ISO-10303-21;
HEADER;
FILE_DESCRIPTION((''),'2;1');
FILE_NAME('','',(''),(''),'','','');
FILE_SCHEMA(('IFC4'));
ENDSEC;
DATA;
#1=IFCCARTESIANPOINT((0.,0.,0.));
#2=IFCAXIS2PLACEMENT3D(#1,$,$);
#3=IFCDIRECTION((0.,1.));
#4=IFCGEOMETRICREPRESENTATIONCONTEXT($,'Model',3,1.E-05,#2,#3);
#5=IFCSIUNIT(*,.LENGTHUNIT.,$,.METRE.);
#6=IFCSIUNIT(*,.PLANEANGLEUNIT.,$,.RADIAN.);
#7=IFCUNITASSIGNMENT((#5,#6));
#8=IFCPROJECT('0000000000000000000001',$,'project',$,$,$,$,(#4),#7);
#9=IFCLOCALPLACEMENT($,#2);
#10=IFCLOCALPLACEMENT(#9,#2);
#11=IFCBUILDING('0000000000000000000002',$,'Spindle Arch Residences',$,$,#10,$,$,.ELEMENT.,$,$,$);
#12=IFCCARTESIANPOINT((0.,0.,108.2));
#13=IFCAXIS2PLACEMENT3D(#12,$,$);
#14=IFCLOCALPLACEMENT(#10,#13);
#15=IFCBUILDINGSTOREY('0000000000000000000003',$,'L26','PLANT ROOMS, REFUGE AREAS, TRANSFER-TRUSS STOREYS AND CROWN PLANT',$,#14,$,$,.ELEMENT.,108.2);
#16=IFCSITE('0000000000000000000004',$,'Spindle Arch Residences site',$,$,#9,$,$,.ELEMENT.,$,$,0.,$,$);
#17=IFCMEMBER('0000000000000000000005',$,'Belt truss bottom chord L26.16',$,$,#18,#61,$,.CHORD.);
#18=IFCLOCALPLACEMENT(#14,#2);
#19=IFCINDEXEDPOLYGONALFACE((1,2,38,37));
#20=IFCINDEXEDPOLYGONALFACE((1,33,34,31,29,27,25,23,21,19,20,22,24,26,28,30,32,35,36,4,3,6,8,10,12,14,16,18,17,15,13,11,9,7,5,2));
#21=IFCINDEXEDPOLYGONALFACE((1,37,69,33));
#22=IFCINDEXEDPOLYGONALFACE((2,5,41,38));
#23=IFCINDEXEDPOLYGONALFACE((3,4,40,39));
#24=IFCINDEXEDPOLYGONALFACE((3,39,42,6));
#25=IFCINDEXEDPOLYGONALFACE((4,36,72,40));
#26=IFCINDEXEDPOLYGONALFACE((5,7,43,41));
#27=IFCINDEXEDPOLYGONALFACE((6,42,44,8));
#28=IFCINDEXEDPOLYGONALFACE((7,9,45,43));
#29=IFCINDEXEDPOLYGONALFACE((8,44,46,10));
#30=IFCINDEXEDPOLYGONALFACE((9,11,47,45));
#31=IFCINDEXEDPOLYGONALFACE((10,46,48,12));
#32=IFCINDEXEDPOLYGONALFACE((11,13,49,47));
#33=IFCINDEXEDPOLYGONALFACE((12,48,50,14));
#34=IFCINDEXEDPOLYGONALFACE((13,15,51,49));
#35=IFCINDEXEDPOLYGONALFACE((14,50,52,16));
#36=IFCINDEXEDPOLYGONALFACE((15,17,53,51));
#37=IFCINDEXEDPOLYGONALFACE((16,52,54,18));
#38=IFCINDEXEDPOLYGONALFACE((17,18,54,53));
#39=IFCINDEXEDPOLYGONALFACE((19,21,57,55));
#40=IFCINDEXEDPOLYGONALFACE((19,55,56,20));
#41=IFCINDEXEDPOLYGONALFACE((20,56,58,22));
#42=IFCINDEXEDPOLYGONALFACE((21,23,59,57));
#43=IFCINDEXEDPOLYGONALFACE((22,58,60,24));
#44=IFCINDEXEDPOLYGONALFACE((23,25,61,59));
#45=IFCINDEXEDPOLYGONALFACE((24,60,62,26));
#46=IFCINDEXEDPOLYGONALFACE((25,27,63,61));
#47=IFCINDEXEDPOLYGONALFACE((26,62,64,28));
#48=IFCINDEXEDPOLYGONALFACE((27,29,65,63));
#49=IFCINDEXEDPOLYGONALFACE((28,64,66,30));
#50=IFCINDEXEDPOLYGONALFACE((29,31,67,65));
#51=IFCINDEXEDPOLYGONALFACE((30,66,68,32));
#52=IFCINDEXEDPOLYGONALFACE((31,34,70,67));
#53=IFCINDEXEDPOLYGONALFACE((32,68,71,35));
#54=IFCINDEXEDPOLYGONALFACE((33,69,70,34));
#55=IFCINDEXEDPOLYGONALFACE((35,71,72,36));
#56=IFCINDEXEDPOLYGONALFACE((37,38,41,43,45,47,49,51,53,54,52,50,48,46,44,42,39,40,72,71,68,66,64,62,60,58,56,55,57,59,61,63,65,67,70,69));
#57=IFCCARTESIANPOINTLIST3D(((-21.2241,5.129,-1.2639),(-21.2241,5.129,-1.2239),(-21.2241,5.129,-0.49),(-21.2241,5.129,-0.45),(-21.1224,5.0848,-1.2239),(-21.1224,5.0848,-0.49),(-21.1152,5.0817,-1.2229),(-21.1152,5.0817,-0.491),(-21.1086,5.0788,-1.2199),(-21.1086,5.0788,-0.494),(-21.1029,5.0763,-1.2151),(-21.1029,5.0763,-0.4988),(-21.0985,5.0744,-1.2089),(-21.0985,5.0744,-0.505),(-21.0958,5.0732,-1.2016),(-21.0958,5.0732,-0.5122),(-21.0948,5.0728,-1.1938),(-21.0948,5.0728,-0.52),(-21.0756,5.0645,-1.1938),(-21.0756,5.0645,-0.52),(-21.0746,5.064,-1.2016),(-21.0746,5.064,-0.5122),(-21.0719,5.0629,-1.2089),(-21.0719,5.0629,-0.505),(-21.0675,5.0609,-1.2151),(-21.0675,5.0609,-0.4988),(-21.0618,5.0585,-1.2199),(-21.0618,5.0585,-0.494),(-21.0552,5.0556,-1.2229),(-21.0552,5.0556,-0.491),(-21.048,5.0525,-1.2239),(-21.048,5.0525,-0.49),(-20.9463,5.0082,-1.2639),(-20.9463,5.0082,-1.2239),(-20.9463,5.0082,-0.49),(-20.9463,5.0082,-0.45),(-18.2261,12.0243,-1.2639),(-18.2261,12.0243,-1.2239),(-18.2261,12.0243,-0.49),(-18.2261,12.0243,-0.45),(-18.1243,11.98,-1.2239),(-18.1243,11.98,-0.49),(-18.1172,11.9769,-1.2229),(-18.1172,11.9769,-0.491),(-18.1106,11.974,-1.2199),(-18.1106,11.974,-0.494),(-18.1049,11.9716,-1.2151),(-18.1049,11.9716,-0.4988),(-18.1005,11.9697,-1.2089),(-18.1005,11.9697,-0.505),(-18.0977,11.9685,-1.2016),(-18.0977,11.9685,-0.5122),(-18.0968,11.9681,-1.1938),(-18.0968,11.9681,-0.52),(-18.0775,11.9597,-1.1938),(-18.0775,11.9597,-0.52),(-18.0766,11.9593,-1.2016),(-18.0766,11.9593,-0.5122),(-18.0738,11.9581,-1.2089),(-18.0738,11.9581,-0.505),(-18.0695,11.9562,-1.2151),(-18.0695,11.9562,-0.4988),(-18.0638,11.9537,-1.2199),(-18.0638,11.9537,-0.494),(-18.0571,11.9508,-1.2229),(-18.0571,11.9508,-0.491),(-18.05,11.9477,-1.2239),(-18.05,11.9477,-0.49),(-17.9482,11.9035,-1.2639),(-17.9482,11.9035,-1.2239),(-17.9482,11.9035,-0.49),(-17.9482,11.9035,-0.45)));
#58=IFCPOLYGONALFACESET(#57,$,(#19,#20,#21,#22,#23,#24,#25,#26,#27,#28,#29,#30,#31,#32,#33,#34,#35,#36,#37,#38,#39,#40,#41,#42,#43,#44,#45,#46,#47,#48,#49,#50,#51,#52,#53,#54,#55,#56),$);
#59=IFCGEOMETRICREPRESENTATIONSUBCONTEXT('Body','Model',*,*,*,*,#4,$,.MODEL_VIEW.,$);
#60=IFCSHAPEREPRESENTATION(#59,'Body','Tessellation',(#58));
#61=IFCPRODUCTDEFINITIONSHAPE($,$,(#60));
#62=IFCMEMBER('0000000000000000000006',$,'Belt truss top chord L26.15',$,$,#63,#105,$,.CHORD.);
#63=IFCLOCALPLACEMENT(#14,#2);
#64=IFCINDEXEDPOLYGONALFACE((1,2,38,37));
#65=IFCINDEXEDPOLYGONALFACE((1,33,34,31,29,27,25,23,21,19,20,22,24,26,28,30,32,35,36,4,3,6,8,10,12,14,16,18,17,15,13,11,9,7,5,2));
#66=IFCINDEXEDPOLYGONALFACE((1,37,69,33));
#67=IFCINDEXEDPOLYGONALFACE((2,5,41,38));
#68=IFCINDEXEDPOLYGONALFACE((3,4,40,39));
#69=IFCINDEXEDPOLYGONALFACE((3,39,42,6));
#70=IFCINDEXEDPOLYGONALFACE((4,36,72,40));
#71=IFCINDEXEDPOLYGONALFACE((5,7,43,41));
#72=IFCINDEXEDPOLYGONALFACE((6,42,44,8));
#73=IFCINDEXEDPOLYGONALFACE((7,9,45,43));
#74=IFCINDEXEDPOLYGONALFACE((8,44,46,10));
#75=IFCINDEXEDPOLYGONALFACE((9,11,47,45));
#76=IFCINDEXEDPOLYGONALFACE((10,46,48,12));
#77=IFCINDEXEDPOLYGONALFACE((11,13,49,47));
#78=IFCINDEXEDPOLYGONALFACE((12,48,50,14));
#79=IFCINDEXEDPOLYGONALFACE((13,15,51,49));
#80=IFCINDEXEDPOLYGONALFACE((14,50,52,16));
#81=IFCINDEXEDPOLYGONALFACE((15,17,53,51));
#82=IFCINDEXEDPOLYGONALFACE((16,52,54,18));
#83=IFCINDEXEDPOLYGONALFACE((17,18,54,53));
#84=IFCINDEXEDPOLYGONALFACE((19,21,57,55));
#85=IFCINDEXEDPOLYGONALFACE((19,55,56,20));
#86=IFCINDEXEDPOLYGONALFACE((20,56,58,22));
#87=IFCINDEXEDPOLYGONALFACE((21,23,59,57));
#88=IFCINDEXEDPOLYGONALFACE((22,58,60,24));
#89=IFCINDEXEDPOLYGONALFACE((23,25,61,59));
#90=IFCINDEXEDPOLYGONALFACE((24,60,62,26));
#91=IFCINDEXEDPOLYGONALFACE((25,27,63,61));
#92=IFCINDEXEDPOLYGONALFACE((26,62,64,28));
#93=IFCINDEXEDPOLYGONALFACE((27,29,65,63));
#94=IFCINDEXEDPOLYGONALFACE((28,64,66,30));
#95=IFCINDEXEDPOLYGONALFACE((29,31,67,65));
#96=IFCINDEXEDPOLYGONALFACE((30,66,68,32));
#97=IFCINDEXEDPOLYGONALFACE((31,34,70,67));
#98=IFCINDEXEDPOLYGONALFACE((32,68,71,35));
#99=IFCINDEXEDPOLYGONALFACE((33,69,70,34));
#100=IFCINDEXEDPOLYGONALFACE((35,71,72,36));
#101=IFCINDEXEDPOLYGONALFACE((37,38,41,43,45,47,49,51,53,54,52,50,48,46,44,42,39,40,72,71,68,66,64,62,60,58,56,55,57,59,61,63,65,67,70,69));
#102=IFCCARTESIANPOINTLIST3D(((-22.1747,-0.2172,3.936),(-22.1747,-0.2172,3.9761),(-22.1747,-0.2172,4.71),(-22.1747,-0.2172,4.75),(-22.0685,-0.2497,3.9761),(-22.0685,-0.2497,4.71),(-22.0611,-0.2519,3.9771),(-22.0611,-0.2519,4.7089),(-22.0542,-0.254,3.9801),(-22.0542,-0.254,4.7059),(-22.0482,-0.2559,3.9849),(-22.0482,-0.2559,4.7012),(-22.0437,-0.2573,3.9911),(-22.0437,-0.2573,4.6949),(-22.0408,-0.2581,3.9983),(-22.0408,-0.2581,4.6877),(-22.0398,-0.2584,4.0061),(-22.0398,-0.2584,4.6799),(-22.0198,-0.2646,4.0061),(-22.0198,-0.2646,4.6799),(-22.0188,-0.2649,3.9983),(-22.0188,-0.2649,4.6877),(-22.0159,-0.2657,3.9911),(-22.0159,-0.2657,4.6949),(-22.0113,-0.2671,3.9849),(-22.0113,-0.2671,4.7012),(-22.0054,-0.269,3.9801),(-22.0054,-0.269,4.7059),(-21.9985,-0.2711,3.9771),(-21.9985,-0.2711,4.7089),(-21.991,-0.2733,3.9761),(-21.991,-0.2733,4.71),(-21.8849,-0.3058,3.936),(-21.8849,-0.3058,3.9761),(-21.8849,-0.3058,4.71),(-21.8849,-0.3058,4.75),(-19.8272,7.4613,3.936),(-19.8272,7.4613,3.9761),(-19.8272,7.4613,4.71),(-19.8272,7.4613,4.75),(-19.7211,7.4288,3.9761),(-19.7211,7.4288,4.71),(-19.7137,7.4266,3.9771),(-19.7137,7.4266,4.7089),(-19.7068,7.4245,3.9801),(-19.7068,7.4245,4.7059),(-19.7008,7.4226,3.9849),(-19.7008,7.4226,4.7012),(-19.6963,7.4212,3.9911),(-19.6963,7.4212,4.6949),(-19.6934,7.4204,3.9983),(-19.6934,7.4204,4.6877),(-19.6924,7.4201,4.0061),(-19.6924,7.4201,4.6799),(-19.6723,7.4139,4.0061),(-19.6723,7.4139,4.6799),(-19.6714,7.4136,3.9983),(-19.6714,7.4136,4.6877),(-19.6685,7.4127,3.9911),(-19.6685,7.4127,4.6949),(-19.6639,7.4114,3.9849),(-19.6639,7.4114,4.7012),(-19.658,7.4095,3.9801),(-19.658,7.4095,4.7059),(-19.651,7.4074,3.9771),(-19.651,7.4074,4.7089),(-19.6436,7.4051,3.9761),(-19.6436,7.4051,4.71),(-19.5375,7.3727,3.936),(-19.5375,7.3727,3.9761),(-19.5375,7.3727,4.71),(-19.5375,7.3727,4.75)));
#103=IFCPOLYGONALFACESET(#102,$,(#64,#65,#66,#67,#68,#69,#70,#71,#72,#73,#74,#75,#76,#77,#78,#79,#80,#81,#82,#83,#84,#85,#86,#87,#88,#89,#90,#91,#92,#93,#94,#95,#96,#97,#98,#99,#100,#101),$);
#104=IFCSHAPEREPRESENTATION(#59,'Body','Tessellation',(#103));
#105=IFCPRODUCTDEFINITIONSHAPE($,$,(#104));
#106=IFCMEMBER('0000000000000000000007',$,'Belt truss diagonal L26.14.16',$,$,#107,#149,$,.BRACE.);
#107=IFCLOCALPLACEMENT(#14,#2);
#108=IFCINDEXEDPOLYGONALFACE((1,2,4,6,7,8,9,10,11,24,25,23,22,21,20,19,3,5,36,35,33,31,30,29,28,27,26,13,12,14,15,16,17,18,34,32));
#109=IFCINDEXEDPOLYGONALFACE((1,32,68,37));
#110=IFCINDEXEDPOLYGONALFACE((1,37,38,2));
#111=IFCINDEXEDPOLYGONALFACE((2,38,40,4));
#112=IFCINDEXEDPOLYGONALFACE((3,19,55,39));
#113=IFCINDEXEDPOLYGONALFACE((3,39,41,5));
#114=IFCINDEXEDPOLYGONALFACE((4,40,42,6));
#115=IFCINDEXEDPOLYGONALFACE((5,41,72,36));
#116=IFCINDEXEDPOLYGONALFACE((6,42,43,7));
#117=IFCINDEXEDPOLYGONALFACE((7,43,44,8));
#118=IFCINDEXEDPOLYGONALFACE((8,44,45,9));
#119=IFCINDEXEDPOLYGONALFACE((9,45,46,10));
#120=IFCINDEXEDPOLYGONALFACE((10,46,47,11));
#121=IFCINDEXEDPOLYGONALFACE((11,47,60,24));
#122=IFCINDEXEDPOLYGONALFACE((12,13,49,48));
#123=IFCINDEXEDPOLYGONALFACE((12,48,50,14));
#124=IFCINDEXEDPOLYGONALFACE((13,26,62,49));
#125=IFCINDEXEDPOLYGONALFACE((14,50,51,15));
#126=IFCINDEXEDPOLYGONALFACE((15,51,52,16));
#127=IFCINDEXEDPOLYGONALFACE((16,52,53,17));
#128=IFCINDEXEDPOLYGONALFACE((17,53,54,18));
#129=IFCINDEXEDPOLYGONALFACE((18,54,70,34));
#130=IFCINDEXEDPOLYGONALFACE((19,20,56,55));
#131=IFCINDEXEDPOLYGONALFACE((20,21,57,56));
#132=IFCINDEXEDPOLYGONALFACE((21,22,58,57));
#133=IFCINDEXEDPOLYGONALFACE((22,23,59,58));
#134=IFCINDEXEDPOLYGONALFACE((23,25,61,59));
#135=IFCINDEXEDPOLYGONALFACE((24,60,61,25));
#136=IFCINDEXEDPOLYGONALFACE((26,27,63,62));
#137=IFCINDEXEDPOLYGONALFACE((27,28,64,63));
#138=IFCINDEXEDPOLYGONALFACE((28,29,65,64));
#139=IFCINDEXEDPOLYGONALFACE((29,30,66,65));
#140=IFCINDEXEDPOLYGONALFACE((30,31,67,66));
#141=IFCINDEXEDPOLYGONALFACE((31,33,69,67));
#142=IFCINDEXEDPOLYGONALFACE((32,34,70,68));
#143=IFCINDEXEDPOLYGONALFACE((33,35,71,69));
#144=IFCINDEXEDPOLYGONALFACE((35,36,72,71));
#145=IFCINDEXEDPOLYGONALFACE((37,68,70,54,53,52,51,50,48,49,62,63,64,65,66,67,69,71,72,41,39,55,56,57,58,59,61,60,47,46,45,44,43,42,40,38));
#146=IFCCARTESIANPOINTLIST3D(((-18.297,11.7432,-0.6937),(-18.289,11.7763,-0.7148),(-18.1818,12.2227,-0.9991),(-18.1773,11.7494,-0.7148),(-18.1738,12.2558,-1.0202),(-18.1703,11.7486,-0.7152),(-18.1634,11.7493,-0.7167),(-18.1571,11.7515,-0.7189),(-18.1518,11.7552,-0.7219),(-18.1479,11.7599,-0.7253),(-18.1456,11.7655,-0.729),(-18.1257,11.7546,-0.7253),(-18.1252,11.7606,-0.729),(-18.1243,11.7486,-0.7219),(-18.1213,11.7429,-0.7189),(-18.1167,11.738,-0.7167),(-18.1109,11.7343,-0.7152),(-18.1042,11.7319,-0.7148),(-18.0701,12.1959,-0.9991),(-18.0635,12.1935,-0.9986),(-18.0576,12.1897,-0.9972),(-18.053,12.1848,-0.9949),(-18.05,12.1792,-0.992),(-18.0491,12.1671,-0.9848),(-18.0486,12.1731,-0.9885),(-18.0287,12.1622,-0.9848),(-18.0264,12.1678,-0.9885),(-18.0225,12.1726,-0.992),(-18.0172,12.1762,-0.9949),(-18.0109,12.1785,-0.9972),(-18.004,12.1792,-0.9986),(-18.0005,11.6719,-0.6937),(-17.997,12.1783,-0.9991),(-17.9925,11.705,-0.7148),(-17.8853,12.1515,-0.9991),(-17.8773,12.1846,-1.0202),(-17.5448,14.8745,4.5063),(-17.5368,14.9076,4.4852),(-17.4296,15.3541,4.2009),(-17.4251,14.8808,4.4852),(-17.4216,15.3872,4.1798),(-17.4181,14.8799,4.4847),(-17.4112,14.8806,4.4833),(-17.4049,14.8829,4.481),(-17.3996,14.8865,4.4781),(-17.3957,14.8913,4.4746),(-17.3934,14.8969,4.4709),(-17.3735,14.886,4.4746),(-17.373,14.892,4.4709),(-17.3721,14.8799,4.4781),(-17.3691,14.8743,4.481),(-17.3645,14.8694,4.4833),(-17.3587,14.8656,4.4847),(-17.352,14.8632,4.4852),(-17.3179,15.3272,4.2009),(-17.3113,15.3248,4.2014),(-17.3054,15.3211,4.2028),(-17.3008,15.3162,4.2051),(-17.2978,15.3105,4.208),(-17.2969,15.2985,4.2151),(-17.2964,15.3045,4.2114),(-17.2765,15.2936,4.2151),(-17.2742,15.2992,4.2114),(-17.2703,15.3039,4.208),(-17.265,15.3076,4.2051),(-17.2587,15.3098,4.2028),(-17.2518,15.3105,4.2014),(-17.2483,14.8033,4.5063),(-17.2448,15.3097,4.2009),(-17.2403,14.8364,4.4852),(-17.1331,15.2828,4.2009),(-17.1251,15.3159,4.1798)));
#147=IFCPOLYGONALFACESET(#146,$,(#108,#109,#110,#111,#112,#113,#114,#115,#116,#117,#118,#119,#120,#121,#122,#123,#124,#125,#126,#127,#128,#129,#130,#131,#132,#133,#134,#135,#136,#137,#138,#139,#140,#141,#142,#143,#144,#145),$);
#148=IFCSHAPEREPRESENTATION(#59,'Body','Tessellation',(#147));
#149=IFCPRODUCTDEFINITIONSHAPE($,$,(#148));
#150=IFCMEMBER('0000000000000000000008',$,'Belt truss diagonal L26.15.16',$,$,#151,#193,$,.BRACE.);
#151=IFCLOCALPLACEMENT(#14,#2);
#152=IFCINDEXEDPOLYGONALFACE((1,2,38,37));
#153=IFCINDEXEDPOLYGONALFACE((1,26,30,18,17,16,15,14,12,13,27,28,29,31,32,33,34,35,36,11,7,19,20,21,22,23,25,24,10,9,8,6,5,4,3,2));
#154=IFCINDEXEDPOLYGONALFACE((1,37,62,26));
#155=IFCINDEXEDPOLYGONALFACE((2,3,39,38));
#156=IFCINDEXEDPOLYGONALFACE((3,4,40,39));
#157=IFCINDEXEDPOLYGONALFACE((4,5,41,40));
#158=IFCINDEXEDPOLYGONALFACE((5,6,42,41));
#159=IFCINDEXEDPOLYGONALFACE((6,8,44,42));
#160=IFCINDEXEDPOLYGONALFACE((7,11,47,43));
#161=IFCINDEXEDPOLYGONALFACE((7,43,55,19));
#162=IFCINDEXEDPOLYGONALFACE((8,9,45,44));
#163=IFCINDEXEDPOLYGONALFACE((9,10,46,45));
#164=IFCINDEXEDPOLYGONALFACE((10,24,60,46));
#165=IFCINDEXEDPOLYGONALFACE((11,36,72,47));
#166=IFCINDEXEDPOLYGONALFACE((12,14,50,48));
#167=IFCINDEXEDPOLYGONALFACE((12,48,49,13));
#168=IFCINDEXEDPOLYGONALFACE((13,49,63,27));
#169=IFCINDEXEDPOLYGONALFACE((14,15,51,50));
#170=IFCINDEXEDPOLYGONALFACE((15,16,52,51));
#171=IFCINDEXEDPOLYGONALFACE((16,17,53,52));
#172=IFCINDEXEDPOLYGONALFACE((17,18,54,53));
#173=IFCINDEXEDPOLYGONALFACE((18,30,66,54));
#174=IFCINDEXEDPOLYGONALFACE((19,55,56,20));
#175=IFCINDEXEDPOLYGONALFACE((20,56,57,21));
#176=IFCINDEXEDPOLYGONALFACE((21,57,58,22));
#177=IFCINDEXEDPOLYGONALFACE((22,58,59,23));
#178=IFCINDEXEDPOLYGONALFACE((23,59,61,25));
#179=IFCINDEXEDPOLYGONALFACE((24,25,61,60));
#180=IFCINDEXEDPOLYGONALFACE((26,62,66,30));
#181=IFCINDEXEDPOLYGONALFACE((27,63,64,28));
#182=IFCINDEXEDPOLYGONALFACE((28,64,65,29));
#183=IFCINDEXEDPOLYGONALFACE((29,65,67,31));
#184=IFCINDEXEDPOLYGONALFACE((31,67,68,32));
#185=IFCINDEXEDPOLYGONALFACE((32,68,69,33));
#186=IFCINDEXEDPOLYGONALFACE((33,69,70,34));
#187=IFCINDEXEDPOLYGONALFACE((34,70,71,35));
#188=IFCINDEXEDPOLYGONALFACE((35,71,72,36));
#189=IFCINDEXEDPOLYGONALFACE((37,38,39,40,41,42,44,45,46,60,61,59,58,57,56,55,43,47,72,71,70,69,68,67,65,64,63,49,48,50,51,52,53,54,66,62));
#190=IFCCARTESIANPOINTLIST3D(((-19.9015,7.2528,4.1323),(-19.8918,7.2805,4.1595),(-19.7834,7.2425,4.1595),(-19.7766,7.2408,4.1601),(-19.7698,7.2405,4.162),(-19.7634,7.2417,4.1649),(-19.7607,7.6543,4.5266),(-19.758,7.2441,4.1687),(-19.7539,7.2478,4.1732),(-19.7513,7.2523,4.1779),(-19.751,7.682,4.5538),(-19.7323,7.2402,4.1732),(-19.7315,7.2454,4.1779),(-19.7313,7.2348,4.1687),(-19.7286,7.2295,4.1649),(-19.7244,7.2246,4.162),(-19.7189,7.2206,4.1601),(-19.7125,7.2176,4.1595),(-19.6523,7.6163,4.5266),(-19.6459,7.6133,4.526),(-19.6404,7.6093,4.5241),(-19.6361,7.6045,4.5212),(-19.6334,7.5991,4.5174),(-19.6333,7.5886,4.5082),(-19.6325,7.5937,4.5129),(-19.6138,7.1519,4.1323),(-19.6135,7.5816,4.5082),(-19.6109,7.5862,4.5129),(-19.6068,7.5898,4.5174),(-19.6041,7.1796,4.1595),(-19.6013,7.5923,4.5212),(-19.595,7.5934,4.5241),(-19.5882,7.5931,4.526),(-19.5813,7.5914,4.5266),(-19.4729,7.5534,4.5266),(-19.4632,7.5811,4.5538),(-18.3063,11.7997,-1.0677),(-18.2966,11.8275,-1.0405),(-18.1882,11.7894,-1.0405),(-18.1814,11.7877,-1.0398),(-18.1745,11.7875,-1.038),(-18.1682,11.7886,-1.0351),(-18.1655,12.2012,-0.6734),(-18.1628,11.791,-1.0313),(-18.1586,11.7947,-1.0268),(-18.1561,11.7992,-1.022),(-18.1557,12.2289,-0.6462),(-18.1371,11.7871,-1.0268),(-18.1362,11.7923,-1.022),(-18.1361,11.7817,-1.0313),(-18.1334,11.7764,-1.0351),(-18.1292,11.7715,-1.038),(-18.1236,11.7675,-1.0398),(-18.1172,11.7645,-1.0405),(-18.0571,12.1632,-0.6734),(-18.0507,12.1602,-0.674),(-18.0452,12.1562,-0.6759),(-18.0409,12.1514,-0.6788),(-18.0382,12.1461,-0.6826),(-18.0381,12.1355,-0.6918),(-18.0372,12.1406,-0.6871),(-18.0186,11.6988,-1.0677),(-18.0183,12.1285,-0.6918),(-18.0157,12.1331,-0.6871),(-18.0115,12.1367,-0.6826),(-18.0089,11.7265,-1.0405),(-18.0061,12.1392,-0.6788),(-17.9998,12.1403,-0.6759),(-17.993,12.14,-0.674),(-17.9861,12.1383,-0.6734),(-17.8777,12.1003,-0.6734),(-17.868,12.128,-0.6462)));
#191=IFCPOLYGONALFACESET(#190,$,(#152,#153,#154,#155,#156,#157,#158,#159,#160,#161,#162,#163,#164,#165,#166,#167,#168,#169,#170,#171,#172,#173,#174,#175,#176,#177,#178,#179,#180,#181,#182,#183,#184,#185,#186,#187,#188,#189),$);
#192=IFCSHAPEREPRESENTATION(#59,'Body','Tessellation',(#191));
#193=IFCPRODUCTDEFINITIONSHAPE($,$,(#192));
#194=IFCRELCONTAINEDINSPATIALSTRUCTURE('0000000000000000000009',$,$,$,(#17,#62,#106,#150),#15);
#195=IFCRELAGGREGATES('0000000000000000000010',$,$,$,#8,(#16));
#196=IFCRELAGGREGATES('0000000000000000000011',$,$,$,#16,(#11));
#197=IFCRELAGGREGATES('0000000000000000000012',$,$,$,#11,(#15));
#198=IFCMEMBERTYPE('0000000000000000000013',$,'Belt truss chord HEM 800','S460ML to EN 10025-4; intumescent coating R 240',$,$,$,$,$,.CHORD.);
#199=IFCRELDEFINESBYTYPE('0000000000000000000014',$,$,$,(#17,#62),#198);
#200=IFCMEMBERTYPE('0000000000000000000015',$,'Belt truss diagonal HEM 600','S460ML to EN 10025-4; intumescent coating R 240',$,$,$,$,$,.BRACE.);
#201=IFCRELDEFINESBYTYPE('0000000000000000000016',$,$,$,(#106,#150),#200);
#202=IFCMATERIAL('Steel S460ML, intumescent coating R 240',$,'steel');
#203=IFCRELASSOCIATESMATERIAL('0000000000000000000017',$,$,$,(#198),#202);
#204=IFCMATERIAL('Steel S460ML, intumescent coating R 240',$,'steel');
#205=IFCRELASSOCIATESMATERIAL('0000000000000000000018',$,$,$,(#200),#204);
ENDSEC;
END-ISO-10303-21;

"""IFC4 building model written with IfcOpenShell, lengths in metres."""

from ifc_helpers import new_model, si_unit, direction, frame, origin, origin_2d, place, context, subcontext, project, spatial, i_section, extrude, material, material_profile, profile_set, type_object, element, save


model = new_model("IFC4")

# Units and contexts
model_context = context("Model", 3, precision=1e-05, world=origin(), true_north=direction((0.0, 1.0)))
body_context = subcontext(model_context, "Body", "Model", "MODEL_VIEW")
ifc_project = project(units=[si_unit("LENGTHUNIT", "METRE"), si_unit("PLANEANGLEUNIT", "RADIAN")], contexts=[model_context])

# Site, building, storey
site_placement = place(None, origin())
site = spatial("IfcSite", under=ifc_project, at=site_placement, Name="Spindle Arch Residences site", CompositionType="ELEMENT", RefElevation=0.0)
building_placement = place(site_placement, origin())
building = spatial("IfcBuilding", under=site, at=building_placement, Name="Spindle Arch Residences", CompositionType="ELEMENT")
storey_placement = place(building_placement, frame((0.0, 0.0, 108.2)))
storey = spatial("IfcBuildingStorey", under=building, at=storey_placement, Name="L26", Description="PLANT ROOMS, REFUGE AREAS, TRANSFER-TRUSS STOREYS AND CROWN PLANT", CompositionType="ELEMENT", Elevation=108.2)

# Members
ifc_material_1 = material(Name="Steel S460ML, intumescent coating R 240", Category="steel")
ifc_material_profile_1 = material_profile(ifc_material_1, i_section(OverallWidth=0.303, OverallDepth=0.814, WebThickness=0.021, FlangeThickness=0.04, FilletRadius=0.03, at=origin_2d()), Name="HEM 800")
ifc_profile_set_1 = profile_set([ifc_material_profile_1], Name="Steel S460ML, intumescent coating R 240")
member_type_1 = type_object("IfcMemberType", Name="Belt truss chord HEM 800", Description="S460ML to EN 10025-4; intumescent coating R 240", PredefinedType="CHORD", material=ifc_profile_set_1)
member_1_placement = place(storey_placement, frame((-18.0872, 11.9639, -0.8569), z_axis=(-0.398738, -0.917065, 0.0), x_axis=(0.917065, -0.398738, 0.0)))
element("IfcMember", 1, at=member_1_placement, inside=storey, type_object=member_type_1, Name="Belt truss bottom chord L26.16", PredefinedType="CHORD", context=body_context, shape_type="SweptSolid", body=[
    extrude(i_section(OverallWidth=0.303, OverallDepth=0.814, WebThickness=0.021, FlangeThickness=0.04, FilletRadius=0.03, at=origin_2d()), origin(), (0.0, 0.0, 1.0), 7.5188),
])
member_2_placement = place(storey_placement, frame((-19.6824, 7.417, 4.343), z_axis=(-0.292357, -0.956309, 0.0), x_axis=(0.956309, -0.292357, 0.0)))
element("IfcMember", 2, at=member_2_placement, inside=storey, type_object=member_type_1, Name="Belt truss top chord L26.15", PredefinedType="CHORD", context=body_context, shape_type="SweptSolid", body=[
    extrude(i_section(OverallWidth=0.303, OverallDepth=0.814, WebThickness=0.021, FlangeThickness=0.04, FilletRadius=0.03, at=origin_2d()), origin(), (0.0, 0.0, 1.0), 8.0293),
])
ifc_material_2 = material(Name="Steel S460ML, intumescent coating R 240", Category="steel")
ifc_material_profile_2 = material_profile(ifc_material_2, i_section(OverallWidth=0.3049, OverallDepth=0.6201, WebThickness=0.021, FlangeThickness=0.04, FilletRadius=0.0271, at=origin_2d()), Name="HEM 600")
ifc_profile_set_2 = profile_set([ifc_material_profile_2], Name="Steel S460ML, intumescent coating R 240")
member_type_2 = type_object("IfcMemberType", Name="Belt truss diagonal HEM 600", Description="S460ML to EN 10025-4; intumescent coating R 240", PredefinedType="BRACE", material=ifc_profile_set_2)
member_3_placement = place(storey_placement, frame((-18.0872, 11.9639, -0.8569), z_axis=(0.12298, 0.511957, 0.850162), x_axis=(-0.97234, 0.233571, 0.0)))
element("IfcMember", 3, at=member_3_placement, inside=storey, type_object=member_type_2, Name="Belt truss diagonal L26.14.16", PredefinedType="BRACE", context=body_context, shape_type="SweptSolid", body=[
    extrude(i_section(OverallWidth=0.3049, OverallDepth=0.6201, WebThickness=0.021, FlangeThickness=0.04, FilletRadius=0.0271, at=origin_2d()), origin(), (0.0, 0.0, 1.0), 6.1165),
])
member_4_placement = place(storey_placement, frame((-18.0872, 11.9639, -0.8569), z_axis=(-0.225017, -0.641371, 0.733492), x_axis=(0.943612, -0.331054, 0.0)))
element("IfcMember", 4, at=member_4_placement, inside=storey, type_object=member_type_2, Name="Belt truss diagonal L26.15.16", PredefinedType="BRACE", context=body_context, shape_type="SweptSolid", body=[
    extrude(i_section(OverallWidth=0.3049, OverallDepth=0.6201, WebThickness=0.021, FlangeThickness=0.04, FilletRadius=0.0271, at=origin_2d()), origin(), (0.0, 0.0, 1.0), 7.0894),
])

save(model, "model.ifc")
